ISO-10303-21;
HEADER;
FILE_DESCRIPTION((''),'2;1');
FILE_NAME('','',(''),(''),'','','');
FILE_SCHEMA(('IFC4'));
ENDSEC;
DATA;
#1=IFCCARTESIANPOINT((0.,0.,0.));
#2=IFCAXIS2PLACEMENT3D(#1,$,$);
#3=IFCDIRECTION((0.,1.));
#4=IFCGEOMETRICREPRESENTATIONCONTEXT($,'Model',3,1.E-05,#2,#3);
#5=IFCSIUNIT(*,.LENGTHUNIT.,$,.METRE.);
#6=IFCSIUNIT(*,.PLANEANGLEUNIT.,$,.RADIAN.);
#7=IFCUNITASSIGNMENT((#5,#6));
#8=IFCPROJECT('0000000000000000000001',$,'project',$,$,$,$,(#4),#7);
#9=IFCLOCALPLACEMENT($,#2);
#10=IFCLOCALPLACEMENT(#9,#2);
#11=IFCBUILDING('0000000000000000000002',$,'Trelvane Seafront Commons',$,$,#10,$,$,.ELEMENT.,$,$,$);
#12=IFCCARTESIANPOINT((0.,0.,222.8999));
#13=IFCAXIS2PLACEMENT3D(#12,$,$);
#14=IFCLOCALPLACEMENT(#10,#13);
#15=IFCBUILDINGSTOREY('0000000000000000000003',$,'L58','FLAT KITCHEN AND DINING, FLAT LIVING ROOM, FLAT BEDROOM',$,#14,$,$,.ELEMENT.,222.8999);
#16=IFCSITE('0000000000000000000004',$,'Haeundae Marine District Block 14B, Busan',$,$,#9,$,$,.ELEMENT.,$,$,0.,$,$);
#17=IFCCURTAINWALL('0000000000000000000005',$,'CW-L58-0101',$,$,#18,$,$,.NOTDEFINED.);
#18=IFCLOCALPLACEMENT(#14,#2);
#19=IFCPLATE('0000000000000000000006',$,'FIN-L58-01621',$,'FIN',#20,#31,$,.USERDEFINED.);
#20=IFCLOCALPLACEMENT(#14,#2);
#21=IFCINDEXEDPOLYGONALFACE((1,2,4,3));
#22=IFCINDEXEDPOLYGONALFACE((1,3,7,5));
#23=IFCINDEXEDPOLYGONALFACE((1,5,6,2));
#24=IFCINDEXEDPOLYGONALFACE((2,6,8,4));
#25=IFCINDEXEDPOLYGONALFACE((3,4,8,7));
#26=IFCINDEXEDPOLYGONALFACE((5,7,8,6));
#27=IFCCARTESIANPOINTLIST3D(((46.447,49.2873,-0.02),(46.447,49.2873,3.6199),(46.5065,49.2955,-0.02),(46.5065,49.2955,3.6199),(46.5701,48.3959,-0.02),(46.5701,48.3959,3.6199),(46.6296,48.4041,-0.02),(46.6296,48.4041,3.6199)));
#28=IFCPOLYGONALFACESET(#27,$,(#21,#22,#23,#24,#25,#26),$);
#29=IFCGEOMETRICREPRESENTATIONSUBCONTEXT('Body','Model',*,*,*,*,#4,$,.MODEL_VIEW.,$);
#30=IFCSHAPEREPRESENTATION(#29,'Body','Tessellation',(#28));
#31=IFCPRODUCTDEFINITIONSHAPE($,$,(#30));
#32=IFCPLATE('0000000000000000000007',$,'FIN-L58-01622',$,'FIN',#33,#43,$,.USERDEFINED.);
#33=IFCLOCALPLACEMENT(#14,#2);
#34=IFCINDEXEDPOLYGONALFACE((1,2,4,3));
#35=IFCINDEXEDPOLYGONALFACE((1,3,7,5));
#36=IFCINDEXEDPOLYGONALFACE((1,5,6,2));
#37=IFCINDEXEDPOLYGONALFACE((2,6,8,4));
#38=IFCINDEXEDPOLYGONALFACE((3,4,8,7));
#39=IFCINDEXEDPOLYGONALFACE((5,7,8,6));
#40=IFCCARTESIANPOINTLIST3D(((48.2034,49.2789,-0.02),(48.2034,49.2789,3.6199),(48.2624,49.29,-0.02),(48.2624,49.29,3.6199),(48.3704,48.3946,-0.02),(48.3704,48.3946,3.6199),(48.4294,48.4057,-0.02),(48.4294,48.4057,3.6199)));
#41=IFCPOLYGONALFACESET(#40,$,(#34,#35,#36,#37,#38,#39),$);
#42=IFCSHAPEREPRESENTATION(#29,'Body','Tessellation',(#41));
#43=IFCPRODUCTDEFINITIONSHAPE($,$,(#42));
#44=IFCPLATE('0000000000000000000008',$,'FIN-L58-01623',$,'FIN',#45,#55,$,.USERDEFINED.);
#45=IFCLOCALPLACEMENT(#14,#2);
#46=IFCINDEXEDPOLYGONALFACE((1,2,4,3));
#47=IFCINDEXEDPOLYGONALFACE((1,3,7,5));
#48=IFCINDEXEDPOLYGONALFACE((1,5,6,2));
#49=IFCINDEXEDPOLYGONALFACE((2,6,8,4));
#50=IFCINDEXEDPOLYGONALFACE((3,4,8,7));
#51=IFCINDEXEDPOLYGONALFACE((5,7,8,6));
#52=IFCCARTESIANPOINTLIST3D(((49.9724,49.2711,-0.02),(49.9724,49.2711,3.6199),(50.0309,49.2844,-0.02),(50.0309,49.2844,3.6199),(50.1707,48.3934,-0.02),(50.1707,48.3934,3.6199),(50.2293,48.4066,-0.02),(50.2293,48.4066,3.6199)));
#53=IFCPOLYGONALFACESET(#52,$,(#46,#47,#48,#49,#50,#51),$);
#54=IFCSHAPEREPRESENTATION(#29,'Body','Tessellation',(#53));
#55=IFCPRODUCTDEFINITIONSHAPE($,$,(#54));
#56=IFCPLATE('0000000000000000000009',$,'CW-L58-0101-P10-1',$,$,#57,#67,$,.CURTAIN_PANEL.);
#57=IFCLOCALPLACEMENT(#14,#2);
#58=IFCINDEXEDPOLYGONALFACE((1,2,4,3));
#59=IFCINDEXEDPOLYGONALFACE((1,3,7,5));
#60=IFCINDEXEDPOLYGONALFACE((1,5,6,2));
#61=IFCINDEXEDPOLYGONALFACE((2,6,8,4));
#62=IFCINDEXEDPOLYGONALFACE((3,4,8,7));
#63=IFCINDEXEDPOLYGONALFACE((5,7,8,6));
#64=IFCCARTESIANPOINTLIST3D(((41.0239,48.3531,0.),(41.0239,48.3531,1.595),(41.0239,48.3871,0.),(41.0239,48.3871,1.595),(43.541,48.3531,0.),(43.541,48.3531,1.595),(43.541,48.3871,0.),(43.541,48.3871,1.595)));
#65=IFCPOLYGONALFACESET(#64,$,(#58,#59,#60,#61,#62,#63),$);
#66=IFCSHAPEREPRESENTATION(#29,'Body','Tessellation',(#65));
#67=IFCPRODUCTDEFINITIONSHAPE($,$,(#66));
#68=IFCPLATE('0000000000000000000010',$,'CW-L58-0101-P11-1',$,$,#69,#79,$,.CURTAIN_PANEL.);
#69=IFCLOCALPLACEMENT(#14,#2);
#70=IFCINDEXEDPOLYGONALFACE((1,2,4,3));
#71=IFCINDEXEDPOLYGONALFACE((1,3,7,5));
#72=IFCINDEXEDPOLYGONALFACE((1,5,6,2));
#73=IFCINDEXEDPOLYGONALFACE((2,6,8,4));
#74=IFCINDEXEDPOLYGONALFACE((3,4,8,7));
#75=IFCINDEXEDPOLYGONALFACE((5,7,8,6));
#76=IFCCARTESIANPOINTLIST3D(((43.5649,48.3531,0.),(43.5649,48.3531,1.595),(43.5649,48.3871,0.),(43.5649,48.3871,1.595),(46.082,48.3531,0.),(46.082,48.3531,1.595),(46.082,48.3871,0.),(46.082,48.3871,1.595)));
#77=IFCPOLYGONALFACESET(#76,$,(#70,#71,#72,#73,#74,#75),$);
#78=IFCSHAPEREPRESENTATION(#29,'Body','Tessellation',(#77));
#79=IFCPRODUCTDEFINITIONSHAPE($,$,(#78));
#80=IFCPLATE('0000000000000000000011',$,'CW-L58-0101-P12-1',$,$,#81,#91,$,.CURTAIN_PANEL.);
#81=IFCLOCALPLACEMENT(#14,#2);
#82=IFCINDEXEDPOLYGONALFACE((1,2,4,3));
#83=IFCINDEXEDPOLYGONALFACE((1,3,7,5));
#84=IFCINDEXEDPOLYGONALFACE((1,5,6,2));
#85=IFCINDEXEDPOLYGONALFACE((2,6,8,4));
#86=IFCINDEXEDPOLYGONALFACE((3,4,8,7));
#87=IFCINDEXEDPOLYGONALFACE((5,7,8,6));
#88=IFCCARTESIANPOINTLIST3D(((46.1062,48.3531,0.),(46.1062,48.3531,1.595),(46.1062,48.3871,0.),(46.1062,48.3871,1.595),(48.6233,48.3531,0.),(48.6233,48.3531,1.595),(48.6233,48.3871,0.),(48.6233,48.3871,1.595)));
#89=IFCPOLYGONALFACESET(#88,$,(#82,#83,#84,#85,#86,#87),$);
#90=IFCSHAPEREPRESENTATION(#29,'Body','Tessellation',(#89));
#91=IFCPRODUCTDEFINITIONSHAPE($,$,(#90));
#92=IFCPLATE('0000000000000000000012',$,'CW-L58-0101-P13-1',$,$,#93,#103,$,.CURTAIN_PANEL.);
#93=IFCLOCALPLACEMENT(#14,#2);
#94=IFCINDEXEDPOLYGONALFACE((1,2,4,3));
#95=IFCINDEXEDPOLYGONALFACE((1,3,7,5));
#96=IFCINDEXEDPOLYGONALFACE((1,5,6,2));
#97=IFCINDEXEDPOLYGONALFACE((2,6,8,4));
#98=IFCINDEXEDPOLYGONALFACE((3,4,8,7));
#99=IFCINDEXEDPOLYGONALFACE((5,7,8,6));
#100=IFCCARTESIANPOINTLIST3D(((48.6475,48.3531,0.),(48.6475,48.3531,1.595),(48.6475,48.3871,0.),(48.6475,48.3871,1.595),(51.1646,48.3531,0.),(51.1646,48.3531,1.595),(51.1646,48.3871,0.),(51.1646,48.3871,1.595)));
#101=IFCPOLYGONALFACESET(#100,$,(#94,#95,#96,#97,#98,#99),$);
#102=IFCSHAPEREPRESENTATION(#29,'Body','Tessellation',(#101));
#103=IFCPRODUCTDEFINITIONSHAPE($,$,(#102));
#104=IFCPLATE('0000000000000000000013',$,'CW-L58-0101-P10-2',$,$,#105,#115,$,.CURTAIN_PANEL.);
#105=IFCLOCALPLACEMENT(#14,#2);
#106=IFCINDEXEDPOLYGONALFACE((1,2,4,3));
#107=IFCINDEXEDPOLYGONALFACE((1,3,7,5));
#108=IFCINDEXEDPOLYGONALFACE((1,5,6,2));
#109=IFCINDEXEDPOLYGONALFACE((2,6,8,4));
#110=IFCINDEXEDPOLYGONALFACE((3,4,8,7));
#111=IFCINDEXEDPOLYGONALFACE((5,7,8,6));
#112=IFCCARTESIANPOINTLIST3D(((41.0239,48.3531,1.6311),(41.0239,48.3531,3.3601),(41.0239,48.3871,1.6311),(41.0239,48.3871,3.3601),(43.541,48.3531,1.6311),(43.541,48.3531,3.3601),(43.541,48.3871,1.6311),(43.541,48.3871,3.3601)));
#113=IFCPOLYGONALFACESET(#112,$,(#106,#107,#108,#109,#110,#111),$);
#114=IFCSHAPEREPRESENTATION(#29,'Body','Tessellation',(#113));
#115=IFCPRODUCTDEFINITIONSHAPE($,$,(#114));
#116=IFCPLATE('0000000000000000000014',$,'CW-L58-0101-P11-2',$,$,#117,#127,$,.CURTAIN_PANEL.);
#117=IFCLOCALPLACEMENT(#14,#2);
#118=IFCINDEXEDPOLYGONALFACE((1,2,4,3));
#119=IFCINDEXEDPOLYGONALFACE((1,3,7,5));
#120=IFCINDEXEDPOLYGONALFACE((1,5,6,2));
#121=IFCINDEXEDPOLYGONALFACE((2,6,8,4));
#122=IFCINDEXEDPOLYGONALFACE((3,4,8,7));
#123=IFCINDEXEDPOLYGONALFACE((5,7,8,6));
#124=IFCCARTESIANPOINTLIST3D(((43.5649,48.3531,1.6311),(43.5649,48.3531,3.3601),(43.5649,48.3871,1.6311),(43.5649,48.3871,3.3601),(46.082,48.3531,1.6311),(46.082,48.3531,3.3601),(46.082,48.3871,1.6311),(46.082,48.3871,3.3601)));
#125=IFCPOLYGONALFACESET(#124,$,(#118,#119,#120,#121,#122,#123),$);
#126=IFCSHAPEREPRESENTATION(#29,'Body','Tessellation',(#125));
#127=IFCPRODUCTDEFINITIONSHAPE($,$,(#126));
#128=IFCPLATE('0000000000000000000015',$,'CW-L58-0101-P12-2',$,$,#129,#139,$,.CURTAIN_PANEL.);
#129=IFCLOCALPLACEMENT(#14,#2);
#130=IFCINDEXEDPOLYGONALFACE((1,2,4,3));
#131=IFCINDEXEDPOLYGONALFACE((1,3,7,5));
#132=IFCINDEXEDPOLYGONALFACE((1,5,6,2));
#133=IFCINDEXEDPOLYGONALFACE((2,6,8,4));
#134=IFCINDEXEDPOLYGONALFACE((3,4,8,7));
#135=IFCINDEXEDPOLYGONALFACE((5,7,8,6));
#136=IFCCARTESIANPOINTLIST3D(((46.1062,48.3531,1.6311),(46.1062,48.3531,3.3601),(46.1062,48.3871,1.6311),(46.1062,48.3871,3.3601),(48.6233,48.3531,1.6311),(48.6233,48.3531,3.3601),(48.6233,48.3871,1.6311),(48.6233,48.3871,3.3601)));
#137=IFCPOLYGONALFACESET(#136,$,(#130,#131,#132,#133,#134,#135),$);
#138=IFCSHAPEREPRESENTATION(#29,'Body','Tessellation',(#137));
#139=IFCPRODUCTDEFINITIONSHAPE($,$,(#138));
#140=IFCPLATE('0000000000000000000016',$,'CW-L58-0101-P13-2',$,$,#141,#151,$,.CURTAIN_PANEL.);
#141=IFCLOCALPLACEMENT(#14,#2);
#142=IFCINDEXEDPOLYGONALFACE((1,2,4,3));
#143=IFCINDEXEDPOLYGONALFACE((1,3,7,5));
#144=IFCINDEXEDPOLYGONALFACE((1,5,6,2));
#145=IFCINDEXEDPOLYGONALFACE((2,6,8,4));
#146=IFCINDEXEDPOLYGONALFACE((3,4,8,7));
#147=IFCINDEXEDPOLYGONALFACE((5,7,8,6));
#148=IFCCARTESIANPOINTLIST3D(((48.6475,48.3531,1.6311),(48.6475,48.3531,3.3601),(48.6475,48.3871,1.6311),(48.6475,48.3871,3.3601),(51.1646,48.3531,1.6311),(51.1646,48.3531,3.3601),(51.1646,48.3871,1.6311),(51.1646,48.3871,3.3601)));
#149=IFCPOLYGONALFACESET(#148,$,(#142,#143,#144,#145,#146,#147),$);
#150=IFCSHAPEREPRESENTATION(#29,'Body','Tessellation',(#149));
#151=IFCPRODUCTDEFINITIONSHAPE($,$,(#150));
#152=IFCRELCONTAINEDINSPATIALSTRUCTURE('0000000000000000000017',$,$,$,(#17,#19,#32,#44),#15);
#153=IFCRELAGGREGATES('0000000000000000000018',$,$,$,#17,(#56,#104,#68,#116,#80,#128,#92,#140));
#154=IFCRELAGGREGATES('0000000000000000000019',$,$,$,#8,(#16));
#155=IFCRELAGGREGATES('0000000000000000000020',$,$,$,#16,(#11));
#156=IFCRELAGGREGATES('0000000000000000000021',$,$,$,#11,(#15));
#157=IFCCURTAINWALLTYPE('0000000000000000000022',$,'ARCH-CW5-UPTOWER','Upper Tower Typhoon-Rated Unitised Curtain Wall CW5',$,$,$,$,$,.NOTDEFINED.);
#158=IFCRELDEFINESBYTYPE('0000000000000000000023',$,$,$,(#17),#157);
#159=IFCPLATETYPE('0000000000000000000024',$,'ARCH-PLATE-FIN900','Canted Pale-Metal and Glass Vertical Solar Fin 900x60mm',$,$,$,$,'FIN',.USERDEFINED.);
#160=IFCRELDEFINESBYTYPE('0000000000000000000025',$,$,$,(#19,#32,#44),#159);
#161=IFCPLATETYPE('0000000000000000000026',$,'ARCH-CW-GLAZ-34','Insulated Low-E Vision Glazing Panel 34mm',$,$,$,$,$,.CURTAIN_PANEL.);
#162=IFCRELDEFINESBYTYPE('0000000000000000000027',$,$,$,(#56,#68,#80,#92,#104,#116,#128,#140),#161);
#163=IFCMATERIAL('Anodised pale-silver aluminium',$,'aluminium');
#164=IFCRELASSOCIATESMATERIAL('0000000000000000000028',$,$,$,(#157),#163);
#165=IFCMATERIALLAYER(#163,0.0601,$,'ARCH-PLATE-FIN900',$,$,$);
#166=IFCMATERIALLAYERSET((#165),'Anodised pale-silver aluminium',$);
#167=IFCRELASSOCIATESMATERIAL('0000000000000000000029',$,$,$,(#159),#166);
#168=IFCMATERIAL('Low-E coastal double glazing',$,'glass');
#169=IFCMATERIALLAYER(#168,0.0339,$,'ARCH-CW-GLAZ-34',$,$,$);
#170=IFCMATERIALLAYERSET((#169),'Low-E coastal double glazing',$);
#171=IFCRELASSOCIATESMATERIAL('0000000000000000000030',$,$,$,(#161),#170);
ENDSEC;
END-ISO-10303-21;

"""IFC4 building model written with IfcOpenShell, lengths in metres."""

from ifc_helpers import new_model, si_unit, direction, frame, origin, origin_2d, place, context, subcontext, project, spatial, rectangle, extrude, source, transform, mapped, material, layer, layer_set, type_object, element, aggregate, save


model = new_model("IFC4")

# Units and contexts
model_context = context("Model", 3, precision=1e-05, world=origin(), true_north=direction((0.0, 1.0)))
body_context = subcontext(model_context, "Body", "Model", "MODEL_VIEW")
ifc_project = project(units=[si_unit("LENGTHUNIT", "METRE"), si_unit("PLANEANGLEUNIT", "RADIAN")], contexts=[model_context])

# Site, building, storey
site_placement = place(None, origin())
site = spatial("IfcSite", under=ifc_project, at=site_placement, Name="Haeundae Marine District Block 14B, Busan", CompositionType="ELEMENT", RefElevation=0.0)
building_placement = place(site_placement, origin())
building = spatial("IfcBuilding", under=site, at=building_placement, Name="Trelvane Seafront Commons", CompositionType="ELEMENT")
storey_placement = place(building_placement, frame((0.0, 0.0, 222.8999)))
storey = spatial("IfcBuildingStorey", under=building, at=storey_placement, Name="L58", Description="FLAT KITCHEN AND DINING, FLAT LIVING ROOM, FLAT BEDROOM", CompositionType="ELEMENT", Elevation=222.8999)

# Curtain wall
ifc_material_1 = material(Name="Anodised pale-silver aluminium", Category="aluminium")
curtain_wall_type = type_object("IfcCurtainWallType", Name="ARCH-CW5-UPTOWER", Description="Upper Tower Typhoon-Rated Unitised Curtain Wall CW5", PredefinedType="NOTDEFINED", material=ifc_material_1)
curtain_wall_placement = place(storey_placement, origin())
curtain_wall = element("IfcCurtainWall", 1, at=curtain_wall_placement, inside=storey, type_object=curtain_wall_type, Name="CW-L58-0101", PredefinedType="NOTDEFINED")

# Plates
ifc_layer_1 = layer(ifc_material_1, 0.0601, Name="ARCH-PLATE-FIN900")
ifc_layer_set_1 = layer_set([ifc_layer_1], Name="Anodised pale-silver aluminium")
plate_type_1 = type_object("IfcPlateType", Name="ARCH-PLATE-FIN900", Description="Canted Pale-Metal and Glass Vertical Solar Fin 900x60mm", ElementType="FIN", PredefinedType="USERDEFINED", material=ifc_layer_set_1)
shared_shape_1 = source(origin(), body_context, "Body", "SweptSolid", [
    extrude(rectangle(XDim=0.8999, YDim=0.0601, at=origin_2d()), origin(), (0.0, 0.0, 1.0), 3.6399),
])
for number, where, z_axis, x_axis, name in (
    (2, (46.5383, 48.8457, -0.02), (0.0, 0.0, 1.0), (-0.136784, 0.990601, 0.0), "FIN-L58-01621"),
    (3, (48.3164, 48.8423, -0.02), (0.0, 0.0, 1.0), (-0.18555, 0.982635, 0.0), "FIN-L58-01622"),
    (4, (50.1008, 48.8389, -0.02), (0.0, 0.0, 1.0), (-0.220435, 0.975402, 0.0), "FIN-L58-01623"),
):
    element("IfcPlate", number, at=place(storey_placement, frame(where, z_axis=z_axis, x_axis=x_axis)), inside=storey, type_object=plate_type_1, Name=name, ObjectType="FIN", PredefinedType="USERDEFINED", context=body_context, shape_type="MappedRepresentation", body=[
        mapped(shared_shape_1, transform((0.0, 0.0, 0.0), x_axis=(1.0, 0.0, 0.0), y_axis=(0.0, 1.0, 0.0), z_axis=(0.0, 0.0, 1.0), scale=1.0)),
    ])

# Plates
ifc_material_2 = material(Name="Low-E coastal double glazing", Category="glass")
ifc_layer_2 = layer(ifc_material_2, 0.0339, Name="ARCH-CW-GLAZ-34")
ifc_layer_set_2 = layer_set([ifc_layer_2], Name="Low-E coastal double glazing")
plate_type_2 = type_object("IfcPlateType", Name="ARCH-CW-GLAZ-34", Description="Insulated Low-E Vision Glazing Panel 34mm", PredefinedType="CURTAIN_PANEL", material=ifc_layer_set_2)
shared_shape_2 = source(origin(), body_context, "Body", "SweptSolid", [
    extrude(rectangle(XDim=2.5171, YDim=0.0339, at=origin_2d()), origin(), (0.0, 0.0, 1.0), 1.595),
])
plate_1_placement = place(storey_placement, frame((42.2825, 48.3701, 0.0), z_axis=(0.0, 0.0, 1.0), x_axis=(1.0, 0.0, 0.0)))
plate_1 = element("IfcPlate", 5, at=plate_1_placement, type_object=plate_type_2, Name="CW-L58-0101-P10-1", PredefinedType="CURTAIN_PANEL", context=body_context, shape_type="MappedRepresentation", body=[
    mapped(shared_shape_2, transform((0.0, 0.0, 0.0), x_axis=(1.0, 0.0, 0.0), y_axis=(0.0, 1.0, 0.0), z_axis=(0.0, 0.0, 1.0), scale=1.0)),
])
plate_2_placement = place(storey_placement, frame((44.8235, 48.3701, 0.0), z_axis=(0.0, 0.0, 1.0), x_axis=(1.0, 0.0, 0.0)))
plate_2 = element("IfcPlate", 6, at=plate_2_placement, type_object=plate_type_2, Name="CW-L58-0101-P11-1", PredefinedType="CURTAIN_PANEL", context=body_context, shape_type="MappedRepresentation", body=[
    mapped(shared_shape_2, transform((0.0, 0.0, 0.0), x_axis=(1.0, 0.0, 0.0), y_axis=(0.0, 1.0, 0.0), z_axis=(0.0, 0.0, 1.0), scale=1.0)),
])
plate_3_placement = place(storey_placement, frame((47.3647, 48.3701, 0.0), z_axis=(0.0, 0.0, 1.0), x_axis=(1.0, 0.0, 0.0)))
plate_3 = element("IfcPlate", 7, at=plate_3_placement, type_object=plate_type_2, Name="CW-L58-0101-P12-1", PredefinedType="CURTAIN_PANEL", context=body_context, shape_type="MappedRepresentation", body=[
    mapped(shared_shape_2, transform((0.0, 0.0, 0.0), x_axis=(1.0, 0.0, 0.0), y_axis=(0.0, 1.0, 0.0), z_axis=(0.0, 0.0, 1.0), scale=1.0)),
])
plate_4_placement = place(storey_placement, frame((49.906, 48.3701, 0.0), z_axis=(0.0, 0.0, 1.0), x_axis=(1.0, 0.0, 0.0)))
plate_4 = element("IfcPlate", 8, at=plate_4_placement, type_object=plate_type_2, Name="CW-L58-0101-P13-1", PredefinedType="CURTAIN_PANEL", context=body_context, shape_type="MappedRepresentation", body=[
    mapped(shared_shape_2, transform((0.0, 0.0, 0.0), x_axis=(1.0, 0.0, 0.0), y_axis=(0.0, 1.0, 0.0), z_axis=(0.0, 0.0, 1.0), scale=1.0)),
])
shared_shape_3 = source(origin(), body_context, "Body", "SweptSolid", [
    extrude(rectangle(XDim=2.5171, YDim=0.0339, at=origin_2d()), origin(), (0.0, 0.0, 1.0), 1.729),
])
plate_5_placement = place(storey_placement, frame((42.2825, 48.3701, 1.6311), z_axis=(0.0, 0.0, 1.0), x_axis=(1.0, 0.0, 0.0)))
plate_5 = element("IfcPlate", 9, at=plate_5_placement, type_object=plate_type_2, Name="CW-L58-0101-P10-2", PredefinedType="CURTAIN_PANEL", context=body_context, shape_type="MappedRepresentation", body=[
    mapped(shared_shape_3, transform((0.0, 0.0, 0.0), x_axis=(1.0, 0.0, 0.0), y_axis=(0.0, 1.0, 0.0), z_axis=(0.0, 0.0, 1.0), scale=1.0)),
])
plate_6_placement = place(storey_placement, frame((44.8235, 48.3701, 1.6311), z_axis=(0.0, 0.0, 1.0), x_axis=(1.0, 0.0, 0.0)))
plate_6 = element("IfcPlate", 10, at=plate_6_placement, type_object=plate_type_2, Name="CW-L58-0101-P11-2", PredefinedType="CURTAIN_PANEL", context=body_context, shape_type="MappedRepresentation", body=[
    mapped(shared_shape_3, transform((0.0, 0.0, 0.0), x_axis=(1.0, 0.0, 0.0), y_axis=(0.0, 1.0, 0.0), z_axis=(0.0, 0.0, 1.0), scale=1.0)),
])
plate_7_placement = place(storey_placement, frame((47.3647, 48.3701, 1.6311), z_axis=(0.0, 0.0, 1.0), x_axis=(1.0, 0.0, 0.0)))
plate_7 = element("IfcPlate", 11, at=plate_7_placement, type_object=plate_type_2, Name="CW-L58-0101-P12-2", PredefinedType="CURTAIN_PANEL", context=body_context, shape_type="MappedRepresentation", body=[
    mapped(shared_shape_3, transform((0.0, 0.0, 0.0), x_axis=(1.0, 0.0, 0.0), y_axis=(0.0, 1.0, 0.0), z_axis=(0.0, 0.0, 1.0), scale=1.0)),
])
plate_8_placement = place(storey_placement, frame((49.906, 48.3701, 1.6311), z_axis=(0.0, 0.0, 1.0), x_axis=(1.0, 0.0, 0.0)))
plate_8 = element("IfcPlate", 12, at=plate_8_placement, type_object=plate_type_2, Name="CW-L58-0101-P13-2", PredefinedType="CURTAIN_PANEL", context=body_context, shape_type="MappedRepresentation", body=[
    mapped(shared_shape_3, transform((0.0, 0.0, 0.0), x_axis=(1.0, 0.0, 0.0), y_axis=(0.0, 1.0, 0.0), z_axis=(0.0, 0.0, 1.0), scale=1.0)),
])
aggregate(curtain_wall, [plate_1, plate_5, plate_2, plate_6, plate_3, plate_7, plate_4, plate_8])

save(model, "model.ifc")
